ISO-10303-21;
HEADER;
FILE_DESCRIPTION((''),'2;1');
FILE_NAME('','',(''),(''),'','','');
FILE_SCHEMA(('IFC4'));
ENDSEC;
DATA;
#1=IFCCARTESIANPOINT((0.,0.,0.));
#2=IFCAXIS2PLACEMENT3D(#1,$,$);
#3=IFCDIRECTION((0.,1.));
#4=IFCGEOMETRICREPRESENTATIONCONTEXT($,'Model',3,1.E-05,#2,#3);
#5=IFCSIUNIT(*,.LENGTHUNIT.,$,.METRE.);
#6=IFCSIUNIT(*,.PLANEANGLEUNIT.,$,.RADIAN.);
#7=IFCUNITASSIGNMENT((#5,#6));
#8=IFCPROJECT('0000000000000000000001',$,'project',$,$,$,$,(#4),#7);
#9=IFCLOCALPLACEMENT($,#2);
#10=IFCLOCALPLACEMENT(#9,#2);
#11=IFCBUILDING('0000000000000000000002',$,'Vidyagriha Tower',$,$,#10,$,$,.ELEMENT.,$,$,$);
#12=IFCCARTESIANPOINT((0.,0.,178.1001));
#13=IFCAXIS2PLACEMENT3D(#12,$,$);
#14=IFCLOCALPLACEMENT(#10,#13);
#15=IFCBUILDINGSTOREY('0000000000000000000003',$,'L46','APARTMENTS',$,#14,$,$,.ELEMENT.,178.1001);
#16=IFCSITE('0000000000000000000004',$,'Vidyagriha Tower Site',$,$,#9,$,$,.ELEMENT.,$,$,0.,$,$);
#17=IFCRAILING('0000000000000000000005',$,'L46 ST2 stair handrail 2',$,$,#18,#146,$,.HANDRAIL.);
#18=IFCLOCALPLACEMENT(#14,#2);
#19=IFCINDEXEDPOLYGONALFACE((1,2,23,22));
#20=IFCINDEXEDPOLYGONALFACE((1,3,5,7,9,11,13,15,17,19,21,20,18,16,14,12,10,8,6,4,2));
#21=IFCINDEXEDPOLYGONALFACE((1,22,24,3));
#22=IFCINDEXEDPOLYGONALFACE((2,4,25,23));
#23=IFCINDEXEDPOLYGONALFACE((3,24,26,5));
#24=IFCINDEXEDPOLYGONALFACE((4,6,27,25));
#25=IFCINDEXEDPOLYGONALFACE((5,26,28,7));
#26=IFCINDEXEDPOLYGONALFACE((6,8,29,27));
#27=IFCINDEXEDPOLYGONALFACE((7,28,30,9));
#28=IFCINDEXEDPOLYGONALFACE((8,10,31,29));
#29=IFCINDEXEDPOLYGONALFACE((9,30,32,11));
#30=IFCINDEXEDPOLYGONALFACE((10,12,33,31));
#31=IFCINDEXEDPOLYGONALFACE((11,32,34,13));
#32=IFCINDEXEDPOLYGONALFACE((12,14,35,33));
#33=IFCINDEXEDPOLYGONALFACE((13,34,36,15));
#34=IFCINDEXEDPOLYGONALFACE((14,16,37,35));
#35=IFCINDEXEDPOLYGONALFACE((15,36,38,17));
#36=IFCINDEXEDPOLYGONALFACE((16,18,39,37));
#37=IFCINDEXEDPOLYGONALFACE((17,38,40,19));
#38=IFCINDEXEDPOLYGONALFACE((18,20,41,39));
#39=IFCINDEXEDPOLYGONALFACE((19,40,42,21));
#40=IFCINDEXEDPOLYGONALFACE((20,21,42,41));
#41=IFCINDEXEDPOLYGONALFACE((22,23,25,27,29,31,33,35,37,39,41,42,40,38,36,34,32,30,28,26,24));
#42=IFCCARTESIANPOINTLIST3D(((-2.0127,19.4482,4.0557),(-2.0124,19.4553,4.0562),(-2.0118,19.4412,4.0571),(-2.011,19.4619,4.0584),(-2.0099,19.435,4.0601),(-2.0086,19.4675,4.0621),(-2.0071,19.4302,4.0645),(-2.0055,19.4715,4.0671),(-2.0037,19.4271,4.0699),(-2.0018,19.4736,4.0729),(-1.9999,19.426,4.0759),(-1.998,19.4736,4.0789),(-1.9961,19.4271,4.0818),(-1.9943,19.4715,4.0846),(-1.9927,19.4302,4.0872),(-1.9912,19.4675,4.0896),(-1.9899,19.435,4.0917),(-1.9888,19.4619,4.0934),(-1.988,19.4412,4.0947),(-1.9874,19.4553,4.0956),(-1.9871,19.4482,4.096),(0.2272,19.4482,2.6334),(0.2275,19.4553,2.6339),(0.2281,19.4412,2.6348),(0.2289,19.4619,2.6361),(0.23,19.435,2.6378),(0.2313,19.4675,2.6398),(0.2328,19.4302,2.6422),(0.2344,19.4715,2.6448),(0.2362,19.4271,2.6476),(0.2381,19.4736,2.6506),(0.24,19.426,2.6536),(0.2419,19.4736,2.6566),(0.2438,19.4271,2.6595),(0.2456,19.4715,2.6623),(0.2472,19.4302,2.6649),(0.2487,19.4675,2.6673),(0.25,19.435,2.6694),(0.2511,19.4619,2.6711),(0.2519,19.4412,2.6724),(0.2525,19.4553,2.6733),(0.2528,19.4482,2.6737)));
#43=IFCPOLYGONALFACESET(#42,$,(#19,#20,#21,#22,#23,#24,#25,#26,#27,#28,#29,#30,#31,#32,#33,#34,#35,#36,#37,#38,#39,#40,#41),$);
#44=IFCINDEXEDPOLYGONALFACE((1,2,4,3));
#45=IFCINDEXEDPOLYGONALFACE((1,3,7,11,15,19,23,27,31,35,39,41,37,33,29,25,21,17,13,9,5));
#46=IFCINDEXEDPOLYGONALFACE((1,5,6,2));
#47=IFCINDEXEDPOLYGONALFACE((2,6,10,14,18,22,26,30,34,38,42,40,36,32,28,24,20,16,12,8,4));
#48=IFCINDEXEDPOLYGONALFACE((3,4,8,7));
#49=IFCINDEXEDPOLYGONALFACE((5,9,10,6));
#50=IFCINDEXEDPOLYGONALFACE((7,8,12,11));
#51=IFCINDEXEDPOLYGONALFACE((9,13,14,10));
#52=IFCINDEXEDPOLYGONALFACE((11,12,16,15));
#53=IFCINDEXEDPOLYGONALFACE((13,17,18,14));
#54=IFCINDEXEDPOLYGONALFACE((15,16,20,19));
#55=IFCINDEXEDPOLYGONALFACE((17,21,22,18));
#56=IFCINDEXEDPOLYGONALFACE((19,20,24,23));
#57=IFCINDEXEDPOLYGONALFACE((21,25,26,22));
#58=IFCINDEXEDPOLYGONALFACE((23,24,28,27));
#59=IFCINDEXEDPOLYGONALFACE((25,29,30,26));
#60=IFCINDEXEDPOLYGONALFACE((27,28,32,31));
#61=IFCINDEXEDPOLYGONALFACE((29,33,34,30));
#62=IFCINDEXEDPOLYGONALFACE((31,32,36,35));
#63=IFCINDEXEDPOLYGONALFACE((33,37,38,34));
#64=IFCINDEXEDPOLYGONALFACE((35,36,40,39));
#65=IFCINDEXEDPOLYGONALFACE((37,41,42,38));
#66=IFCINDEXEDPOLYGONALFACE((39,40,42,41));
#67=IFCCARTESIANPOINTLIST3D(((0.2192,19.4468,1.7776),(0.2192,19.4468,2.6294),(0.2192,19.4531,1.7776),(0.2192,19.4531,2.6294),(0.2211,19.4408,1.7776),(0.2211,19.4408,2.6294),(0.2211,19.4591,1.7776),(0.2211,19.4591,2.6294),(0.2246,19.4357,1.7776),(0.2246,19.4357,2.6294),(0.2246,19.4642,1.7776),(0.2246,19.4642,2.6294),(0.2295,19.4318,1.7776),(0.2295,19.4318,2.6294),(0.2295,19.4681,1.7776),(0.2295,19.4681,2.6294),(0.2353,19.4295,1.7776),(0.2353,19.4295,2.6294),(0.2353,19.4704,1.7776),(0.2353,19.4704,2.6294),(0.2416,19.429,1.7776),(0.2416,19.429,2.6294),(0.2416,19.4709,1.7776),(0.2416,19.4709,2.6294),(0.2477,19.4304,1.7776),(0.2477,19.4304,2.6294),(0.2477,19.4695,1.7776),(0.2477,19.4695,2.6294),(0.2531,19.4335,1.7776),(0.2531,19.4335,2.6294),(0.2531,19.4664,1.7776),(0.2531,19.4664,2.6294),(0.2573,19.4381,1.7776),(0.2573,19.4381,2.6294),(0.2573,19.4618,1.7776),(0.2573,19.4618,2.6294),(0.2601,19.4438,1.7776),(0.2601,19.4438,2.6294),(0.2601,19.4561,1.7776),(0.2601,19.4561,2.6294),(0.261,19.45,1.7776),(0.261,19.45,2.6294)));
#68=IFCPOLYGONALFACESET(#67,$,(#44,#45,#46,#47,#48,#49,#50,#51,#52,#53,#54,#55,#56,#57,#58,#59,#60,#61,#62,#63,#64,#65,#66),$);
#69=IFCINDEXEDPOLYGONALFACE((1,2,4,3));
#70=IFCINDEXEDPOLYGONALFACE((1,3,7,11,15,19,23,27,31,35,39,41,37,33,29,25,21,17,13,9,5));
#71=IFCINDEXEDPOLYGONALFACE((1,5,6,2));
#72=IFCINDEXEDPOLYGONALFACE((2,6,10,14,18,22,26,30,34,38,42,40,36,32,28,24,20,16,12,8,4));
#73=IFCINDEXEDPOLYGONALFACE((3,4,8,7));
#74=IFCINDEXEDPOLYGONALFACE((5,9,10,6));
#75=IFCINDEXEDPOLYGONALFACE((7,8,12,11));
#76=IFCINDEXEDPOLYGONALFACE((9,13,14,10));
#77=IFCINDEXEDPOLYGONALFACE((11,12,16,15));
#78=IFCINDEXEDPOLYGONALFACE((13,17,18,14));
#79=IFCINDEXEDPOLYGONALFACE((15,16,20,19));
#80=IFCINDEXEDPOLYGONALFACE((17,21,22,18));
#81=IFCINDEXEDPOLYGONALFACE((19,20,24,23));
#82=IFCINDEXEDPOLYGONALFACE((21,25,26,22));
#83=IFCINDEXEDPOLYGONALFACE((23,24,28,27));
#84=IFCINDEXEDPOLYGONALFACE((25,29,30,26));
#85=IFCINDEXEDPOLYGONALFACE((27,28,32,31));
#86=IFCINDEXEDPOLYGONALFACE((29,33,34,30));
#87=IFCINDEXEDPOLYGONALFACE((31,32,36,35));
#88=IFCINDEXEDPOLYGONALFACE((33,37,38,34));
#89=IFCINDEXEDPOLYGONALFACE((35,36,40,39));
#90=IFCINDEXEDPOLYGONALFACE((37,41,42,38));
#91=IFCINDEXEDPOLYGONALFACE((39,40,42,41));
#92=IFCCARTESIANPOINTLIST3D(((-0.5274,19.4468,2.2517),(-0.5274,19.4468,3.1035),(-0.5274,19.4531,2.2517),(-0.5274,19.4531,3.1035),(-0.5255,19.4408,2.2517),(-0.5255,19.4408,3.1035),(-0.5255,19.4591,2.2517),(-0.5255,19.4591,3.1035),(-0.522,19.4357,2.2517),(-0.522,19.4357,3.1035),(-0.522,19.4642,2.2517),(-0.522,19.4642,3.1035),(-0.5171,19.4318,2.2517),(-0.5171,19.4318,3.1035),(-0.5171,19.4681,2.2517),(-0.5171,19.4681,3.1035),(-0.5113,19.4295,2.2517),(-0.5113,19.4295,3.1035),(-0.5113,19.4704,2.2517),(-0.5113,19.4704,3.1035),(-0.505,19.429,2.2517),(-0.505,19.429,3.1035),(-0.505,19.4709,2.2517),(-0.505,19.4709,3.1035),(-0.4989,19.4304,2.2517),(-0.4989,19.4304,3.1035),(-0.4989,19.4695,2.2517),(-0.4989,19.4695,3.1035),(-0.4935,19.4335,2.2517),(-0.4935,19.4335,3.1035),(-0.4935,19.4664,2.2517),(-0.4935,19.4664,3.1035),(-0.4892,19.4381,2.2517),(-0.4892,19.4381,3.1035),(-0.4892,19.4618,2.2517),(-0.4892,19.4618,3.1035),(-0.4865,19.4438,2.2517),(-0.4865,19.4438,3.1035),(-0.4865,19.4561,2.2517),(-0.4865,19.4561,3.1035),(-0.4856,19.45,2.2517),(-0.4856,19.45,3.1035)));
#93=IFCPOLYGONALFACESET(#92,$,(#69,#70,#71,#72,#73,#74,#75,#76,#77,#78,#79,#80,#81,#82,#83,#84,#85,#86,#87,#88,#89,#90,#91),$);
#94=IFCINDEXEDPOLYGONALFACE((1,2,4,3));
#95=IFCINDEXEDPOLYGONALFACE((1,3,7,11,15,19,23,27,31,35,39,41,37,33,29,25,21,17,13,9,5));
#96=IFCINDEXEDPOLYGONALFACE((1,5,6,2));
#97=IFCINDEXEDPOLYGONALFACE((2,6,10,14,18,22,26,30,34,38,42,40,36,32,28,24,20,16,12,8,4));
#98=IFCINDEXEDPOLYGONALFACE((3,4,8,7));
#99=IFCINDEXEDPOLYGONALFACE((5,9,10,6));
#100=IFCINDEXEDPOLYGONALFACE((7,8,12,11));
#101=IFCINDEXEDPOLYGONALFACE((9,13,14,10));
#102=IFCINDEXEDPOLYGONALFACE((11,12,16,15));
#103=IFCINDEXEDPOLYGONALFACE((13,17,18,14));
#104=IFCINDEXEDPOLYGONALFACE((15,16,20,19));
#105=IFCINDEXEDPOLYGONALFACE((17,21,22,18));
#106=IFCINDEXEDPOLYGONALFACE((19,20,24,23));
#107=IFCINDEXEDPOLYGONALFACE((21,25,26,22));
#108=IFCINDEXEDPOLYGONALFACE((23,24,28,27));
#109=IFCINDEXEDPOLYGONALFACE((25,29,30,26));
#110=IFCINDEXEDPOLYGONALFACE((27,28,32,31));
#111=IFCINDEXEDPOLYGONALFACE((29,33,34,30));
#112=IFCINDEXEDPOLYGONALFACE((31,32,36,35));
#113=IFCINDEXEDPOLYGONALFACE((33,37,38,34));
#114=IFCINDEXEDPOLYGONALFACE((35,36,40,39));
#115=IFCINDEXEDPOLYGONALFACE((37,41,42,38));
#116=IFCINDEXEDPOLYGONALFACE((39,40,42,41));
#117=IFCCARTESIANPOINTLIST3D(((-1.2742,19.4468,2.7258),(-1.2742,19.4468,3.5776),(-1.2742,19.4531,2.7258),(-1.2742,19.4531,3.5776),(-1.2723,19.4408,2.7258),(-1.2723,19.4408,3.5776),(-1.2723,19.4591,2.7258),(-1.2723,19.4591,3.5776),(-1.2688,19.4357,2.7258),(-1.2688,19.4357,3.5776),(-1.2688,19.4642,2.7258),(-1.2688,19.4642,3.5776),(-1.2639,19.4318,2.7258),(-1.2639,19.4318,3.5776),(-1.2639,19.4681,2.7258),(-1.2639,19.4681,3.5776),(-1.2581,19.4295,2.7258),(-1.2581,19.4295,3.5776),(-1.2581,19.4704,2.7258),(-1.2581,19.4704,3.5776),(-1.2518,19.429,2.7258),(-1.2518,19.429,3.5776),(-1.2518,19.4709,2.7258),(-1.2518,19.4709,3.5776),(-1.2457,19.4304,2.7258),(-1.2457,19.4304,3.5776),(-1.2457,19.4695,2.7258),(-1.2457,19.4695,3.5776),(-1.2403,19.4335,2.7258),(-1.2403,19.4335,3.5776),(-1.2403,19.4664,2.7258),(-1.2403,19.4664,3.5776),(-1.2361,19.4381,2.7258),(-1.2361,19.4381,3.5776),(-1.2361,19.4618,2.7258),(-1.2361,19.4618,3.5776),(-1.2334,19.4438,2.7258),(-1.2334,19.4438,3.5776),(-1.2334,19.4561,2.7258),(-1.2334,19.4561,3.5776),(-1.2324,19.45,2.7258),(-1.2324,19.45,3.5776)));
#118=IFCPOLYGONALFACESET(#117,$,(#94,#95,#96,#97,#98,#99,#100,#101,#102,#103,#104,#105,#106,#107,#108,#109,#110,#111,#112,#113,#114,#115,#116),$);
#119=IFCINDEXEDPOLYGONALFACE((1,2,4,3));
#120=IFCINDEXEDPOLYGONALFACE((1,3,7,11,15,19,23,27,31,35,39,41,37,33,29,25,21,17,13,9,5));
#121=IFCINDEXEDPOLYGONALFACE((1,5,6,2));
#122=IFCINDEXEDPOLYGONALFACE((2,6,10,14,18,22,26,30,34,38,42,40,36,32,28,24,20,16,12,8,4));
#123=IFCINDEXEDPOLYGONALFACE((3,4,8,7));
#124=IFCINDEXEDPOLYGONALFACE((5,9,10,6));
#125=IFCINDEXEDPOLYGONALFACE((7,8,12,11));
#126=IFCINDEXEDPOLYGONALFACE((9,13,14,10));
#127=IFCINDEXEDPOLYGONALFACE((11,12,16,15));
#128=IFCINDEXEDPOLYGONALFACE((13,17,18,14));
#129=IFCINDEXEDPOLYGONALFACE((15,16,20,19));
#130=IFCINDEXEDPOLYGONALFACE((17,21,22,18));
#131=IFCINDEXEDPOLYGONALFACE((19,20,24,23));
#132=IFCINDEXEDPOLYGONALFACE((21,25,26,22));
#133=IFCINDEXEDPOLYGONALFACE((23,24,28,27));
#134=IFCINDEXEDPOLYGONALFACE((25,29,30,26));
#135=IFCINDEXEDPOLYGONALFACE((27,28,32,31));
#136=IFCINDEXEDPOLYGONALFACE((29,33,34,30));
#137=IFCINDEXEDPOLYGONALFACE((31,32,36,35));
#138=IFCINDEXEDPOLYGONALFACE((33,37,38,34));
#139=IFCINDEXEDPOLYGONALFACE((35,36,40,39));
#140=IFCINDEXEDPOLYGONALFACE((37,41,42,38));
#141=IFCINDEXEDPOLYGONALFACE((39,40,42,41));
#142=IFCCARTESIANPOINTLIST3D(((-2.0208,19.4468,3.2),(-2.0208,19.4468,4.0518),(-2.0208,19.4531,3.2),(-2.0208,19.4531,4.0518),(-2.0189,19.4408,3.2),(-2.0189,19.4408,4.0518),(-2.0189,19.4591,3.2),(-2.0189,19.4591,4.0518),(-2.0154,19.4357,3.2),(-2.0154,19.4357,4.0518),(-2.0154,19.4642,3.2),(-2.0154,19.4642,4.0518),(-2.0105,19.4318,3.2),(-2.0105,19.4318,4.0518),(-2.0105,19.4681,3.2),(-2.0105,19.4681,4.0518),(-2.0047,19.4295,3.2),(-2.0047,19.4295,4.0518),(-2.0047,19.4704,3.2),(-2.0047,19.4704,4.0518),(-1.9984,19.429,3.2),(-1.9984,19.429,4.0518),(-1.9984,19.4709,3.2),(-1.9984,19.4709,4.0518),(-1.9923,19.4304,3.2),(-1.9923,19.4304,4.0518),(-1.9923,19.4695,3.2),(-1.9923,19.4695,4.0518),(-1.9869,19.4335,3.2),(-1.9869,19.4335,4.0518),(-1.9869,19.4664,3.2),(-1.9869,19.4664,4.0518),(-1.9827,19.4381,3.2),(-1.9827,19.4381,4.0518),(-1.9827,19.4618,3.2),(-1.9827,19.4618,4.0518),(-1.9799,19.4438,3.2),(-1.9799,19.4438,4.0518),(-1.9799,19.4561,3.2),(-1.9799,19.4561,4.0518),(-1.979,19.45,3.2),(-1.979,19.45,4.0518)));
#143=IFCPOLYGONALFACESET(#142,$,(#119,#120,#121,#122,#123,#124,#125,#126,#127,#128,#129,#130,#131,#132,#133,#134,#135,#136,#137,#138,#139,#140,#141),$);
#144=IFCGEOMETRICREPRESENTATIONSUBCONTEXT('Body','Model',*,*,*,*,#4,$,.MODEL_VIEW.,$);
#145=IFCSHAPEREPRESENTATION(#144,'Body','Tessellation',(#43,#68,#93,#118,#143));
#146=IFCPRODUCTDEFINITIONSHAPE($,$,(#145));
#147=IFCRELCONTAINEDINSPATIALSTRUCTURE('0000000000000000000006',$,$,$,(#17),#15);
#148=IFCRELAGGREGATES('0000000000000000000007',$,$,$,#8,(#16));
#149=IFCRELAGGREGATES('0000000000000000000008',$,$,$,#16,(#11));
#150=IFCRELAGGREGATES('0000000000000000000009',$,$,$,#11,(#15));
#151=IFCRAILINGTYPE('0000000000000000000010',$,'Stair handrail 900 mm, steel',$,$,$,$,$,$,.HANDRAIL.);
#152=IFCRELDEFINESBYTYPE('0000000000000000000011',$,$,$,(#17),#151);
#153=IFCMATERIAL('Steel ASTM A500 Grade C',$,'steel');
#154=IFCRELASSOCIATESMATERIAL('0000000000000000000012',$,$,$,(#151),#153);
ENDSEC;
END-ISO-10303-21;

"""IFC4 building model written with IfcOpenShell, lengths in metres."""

from ifc_helpers import new_model, si_unit, direction, frame, origin, origin_2d, place, context, subcontext, project, spatial, circle, extrude, material, type_object, element, save


model = new_model("IFC4")

# Units and contexts
model_context = context("Model", 3, precision=1e-05, world=origin(), true_north=direction((0.0, 1.0)))
body_context = subcontext(model_context, "Body", "Model", "MODEL_VIEW")
ifc_project = project(units=[si_unit("LENGTHUNIT", "METRE"), si_unit("PLANEANGLEUNIT", "RADIAN")], contexts=[model_context])

# Site, building, storey
site_placement = place(None, origin())
site = spatial("IfcSite", under=ifc_project, at=site_placement, Name="Vidyagriha Tower Site", CompositionType="ELEMENT", RefElevation=0.0)
building_placement = place(site_placement, origin())
building = spatial("IfcBuilding", under=site, at=building_placement, Name="Vidyagriha Tower", CompositionType="ELEMENT")
storey_placement = place(building_placement, frame((0.0, 0.0, 178.1001)))
storey = spatial("IfcBuildingStorey", under=building, at=storey_placement, Name="L46", Description="APARTMENTS", CompositionType="ELEMENT", Elevation=178.1001)

# Railing
ifc_material_1 = material(Name="Steel ASTM A500 Grade C", Category="steel")
railing_type_1 = type_object("IfcRailingType", Name="Stair handrail 900 mm, steel", PredefinedType="HANDRAIL", material=ifc_material_1)
railing_1_placement = place(storey_placement, frame((0.24, 19.45, 1.7776)))
element("IfcRailing", 1, at=railing_1_placement, inside=storey, type_object=railing_type_1, Name="L46 ST2 stair handrail 2", PredefinedType="HANDRAIL", context=body_context, shape_type="SweptSolid", body=[
    extrude(circle(Radius=0.0239, at=origin_2d()), frame((0.0, 0.0, 0.876), z_axis=(-0.844188, 0.0, 0.536048), x_axis=(0.0, -1.0, 0.0)), (0.0, 0.0, 1.0), 2.6533),
    extrude(circle(Radius=0.021, at=origin_2d()), origin(), (0.0, 0.0, 1.0), 0.8518),
    extrude(circle(Radius=0.021, at=origin_2d()), frame((-0.7466, 0.0, 0.4741)), (0.0, 0.0, 1.0), 0.8518),
    extrude(circle(Radius=0.021, at=origin_2d()), frame((-1.4934, 0.0, 0.9482)), (0.0, 0.0, 1.0), 0.8518),
    extrude(circle(Radius=0.021, at=origin_2d()), frame((-2.24, 0.0, 1.4224)), (0.0, 0.0, 1.0), 0.8518),
])

save(model, "model.ifc")
